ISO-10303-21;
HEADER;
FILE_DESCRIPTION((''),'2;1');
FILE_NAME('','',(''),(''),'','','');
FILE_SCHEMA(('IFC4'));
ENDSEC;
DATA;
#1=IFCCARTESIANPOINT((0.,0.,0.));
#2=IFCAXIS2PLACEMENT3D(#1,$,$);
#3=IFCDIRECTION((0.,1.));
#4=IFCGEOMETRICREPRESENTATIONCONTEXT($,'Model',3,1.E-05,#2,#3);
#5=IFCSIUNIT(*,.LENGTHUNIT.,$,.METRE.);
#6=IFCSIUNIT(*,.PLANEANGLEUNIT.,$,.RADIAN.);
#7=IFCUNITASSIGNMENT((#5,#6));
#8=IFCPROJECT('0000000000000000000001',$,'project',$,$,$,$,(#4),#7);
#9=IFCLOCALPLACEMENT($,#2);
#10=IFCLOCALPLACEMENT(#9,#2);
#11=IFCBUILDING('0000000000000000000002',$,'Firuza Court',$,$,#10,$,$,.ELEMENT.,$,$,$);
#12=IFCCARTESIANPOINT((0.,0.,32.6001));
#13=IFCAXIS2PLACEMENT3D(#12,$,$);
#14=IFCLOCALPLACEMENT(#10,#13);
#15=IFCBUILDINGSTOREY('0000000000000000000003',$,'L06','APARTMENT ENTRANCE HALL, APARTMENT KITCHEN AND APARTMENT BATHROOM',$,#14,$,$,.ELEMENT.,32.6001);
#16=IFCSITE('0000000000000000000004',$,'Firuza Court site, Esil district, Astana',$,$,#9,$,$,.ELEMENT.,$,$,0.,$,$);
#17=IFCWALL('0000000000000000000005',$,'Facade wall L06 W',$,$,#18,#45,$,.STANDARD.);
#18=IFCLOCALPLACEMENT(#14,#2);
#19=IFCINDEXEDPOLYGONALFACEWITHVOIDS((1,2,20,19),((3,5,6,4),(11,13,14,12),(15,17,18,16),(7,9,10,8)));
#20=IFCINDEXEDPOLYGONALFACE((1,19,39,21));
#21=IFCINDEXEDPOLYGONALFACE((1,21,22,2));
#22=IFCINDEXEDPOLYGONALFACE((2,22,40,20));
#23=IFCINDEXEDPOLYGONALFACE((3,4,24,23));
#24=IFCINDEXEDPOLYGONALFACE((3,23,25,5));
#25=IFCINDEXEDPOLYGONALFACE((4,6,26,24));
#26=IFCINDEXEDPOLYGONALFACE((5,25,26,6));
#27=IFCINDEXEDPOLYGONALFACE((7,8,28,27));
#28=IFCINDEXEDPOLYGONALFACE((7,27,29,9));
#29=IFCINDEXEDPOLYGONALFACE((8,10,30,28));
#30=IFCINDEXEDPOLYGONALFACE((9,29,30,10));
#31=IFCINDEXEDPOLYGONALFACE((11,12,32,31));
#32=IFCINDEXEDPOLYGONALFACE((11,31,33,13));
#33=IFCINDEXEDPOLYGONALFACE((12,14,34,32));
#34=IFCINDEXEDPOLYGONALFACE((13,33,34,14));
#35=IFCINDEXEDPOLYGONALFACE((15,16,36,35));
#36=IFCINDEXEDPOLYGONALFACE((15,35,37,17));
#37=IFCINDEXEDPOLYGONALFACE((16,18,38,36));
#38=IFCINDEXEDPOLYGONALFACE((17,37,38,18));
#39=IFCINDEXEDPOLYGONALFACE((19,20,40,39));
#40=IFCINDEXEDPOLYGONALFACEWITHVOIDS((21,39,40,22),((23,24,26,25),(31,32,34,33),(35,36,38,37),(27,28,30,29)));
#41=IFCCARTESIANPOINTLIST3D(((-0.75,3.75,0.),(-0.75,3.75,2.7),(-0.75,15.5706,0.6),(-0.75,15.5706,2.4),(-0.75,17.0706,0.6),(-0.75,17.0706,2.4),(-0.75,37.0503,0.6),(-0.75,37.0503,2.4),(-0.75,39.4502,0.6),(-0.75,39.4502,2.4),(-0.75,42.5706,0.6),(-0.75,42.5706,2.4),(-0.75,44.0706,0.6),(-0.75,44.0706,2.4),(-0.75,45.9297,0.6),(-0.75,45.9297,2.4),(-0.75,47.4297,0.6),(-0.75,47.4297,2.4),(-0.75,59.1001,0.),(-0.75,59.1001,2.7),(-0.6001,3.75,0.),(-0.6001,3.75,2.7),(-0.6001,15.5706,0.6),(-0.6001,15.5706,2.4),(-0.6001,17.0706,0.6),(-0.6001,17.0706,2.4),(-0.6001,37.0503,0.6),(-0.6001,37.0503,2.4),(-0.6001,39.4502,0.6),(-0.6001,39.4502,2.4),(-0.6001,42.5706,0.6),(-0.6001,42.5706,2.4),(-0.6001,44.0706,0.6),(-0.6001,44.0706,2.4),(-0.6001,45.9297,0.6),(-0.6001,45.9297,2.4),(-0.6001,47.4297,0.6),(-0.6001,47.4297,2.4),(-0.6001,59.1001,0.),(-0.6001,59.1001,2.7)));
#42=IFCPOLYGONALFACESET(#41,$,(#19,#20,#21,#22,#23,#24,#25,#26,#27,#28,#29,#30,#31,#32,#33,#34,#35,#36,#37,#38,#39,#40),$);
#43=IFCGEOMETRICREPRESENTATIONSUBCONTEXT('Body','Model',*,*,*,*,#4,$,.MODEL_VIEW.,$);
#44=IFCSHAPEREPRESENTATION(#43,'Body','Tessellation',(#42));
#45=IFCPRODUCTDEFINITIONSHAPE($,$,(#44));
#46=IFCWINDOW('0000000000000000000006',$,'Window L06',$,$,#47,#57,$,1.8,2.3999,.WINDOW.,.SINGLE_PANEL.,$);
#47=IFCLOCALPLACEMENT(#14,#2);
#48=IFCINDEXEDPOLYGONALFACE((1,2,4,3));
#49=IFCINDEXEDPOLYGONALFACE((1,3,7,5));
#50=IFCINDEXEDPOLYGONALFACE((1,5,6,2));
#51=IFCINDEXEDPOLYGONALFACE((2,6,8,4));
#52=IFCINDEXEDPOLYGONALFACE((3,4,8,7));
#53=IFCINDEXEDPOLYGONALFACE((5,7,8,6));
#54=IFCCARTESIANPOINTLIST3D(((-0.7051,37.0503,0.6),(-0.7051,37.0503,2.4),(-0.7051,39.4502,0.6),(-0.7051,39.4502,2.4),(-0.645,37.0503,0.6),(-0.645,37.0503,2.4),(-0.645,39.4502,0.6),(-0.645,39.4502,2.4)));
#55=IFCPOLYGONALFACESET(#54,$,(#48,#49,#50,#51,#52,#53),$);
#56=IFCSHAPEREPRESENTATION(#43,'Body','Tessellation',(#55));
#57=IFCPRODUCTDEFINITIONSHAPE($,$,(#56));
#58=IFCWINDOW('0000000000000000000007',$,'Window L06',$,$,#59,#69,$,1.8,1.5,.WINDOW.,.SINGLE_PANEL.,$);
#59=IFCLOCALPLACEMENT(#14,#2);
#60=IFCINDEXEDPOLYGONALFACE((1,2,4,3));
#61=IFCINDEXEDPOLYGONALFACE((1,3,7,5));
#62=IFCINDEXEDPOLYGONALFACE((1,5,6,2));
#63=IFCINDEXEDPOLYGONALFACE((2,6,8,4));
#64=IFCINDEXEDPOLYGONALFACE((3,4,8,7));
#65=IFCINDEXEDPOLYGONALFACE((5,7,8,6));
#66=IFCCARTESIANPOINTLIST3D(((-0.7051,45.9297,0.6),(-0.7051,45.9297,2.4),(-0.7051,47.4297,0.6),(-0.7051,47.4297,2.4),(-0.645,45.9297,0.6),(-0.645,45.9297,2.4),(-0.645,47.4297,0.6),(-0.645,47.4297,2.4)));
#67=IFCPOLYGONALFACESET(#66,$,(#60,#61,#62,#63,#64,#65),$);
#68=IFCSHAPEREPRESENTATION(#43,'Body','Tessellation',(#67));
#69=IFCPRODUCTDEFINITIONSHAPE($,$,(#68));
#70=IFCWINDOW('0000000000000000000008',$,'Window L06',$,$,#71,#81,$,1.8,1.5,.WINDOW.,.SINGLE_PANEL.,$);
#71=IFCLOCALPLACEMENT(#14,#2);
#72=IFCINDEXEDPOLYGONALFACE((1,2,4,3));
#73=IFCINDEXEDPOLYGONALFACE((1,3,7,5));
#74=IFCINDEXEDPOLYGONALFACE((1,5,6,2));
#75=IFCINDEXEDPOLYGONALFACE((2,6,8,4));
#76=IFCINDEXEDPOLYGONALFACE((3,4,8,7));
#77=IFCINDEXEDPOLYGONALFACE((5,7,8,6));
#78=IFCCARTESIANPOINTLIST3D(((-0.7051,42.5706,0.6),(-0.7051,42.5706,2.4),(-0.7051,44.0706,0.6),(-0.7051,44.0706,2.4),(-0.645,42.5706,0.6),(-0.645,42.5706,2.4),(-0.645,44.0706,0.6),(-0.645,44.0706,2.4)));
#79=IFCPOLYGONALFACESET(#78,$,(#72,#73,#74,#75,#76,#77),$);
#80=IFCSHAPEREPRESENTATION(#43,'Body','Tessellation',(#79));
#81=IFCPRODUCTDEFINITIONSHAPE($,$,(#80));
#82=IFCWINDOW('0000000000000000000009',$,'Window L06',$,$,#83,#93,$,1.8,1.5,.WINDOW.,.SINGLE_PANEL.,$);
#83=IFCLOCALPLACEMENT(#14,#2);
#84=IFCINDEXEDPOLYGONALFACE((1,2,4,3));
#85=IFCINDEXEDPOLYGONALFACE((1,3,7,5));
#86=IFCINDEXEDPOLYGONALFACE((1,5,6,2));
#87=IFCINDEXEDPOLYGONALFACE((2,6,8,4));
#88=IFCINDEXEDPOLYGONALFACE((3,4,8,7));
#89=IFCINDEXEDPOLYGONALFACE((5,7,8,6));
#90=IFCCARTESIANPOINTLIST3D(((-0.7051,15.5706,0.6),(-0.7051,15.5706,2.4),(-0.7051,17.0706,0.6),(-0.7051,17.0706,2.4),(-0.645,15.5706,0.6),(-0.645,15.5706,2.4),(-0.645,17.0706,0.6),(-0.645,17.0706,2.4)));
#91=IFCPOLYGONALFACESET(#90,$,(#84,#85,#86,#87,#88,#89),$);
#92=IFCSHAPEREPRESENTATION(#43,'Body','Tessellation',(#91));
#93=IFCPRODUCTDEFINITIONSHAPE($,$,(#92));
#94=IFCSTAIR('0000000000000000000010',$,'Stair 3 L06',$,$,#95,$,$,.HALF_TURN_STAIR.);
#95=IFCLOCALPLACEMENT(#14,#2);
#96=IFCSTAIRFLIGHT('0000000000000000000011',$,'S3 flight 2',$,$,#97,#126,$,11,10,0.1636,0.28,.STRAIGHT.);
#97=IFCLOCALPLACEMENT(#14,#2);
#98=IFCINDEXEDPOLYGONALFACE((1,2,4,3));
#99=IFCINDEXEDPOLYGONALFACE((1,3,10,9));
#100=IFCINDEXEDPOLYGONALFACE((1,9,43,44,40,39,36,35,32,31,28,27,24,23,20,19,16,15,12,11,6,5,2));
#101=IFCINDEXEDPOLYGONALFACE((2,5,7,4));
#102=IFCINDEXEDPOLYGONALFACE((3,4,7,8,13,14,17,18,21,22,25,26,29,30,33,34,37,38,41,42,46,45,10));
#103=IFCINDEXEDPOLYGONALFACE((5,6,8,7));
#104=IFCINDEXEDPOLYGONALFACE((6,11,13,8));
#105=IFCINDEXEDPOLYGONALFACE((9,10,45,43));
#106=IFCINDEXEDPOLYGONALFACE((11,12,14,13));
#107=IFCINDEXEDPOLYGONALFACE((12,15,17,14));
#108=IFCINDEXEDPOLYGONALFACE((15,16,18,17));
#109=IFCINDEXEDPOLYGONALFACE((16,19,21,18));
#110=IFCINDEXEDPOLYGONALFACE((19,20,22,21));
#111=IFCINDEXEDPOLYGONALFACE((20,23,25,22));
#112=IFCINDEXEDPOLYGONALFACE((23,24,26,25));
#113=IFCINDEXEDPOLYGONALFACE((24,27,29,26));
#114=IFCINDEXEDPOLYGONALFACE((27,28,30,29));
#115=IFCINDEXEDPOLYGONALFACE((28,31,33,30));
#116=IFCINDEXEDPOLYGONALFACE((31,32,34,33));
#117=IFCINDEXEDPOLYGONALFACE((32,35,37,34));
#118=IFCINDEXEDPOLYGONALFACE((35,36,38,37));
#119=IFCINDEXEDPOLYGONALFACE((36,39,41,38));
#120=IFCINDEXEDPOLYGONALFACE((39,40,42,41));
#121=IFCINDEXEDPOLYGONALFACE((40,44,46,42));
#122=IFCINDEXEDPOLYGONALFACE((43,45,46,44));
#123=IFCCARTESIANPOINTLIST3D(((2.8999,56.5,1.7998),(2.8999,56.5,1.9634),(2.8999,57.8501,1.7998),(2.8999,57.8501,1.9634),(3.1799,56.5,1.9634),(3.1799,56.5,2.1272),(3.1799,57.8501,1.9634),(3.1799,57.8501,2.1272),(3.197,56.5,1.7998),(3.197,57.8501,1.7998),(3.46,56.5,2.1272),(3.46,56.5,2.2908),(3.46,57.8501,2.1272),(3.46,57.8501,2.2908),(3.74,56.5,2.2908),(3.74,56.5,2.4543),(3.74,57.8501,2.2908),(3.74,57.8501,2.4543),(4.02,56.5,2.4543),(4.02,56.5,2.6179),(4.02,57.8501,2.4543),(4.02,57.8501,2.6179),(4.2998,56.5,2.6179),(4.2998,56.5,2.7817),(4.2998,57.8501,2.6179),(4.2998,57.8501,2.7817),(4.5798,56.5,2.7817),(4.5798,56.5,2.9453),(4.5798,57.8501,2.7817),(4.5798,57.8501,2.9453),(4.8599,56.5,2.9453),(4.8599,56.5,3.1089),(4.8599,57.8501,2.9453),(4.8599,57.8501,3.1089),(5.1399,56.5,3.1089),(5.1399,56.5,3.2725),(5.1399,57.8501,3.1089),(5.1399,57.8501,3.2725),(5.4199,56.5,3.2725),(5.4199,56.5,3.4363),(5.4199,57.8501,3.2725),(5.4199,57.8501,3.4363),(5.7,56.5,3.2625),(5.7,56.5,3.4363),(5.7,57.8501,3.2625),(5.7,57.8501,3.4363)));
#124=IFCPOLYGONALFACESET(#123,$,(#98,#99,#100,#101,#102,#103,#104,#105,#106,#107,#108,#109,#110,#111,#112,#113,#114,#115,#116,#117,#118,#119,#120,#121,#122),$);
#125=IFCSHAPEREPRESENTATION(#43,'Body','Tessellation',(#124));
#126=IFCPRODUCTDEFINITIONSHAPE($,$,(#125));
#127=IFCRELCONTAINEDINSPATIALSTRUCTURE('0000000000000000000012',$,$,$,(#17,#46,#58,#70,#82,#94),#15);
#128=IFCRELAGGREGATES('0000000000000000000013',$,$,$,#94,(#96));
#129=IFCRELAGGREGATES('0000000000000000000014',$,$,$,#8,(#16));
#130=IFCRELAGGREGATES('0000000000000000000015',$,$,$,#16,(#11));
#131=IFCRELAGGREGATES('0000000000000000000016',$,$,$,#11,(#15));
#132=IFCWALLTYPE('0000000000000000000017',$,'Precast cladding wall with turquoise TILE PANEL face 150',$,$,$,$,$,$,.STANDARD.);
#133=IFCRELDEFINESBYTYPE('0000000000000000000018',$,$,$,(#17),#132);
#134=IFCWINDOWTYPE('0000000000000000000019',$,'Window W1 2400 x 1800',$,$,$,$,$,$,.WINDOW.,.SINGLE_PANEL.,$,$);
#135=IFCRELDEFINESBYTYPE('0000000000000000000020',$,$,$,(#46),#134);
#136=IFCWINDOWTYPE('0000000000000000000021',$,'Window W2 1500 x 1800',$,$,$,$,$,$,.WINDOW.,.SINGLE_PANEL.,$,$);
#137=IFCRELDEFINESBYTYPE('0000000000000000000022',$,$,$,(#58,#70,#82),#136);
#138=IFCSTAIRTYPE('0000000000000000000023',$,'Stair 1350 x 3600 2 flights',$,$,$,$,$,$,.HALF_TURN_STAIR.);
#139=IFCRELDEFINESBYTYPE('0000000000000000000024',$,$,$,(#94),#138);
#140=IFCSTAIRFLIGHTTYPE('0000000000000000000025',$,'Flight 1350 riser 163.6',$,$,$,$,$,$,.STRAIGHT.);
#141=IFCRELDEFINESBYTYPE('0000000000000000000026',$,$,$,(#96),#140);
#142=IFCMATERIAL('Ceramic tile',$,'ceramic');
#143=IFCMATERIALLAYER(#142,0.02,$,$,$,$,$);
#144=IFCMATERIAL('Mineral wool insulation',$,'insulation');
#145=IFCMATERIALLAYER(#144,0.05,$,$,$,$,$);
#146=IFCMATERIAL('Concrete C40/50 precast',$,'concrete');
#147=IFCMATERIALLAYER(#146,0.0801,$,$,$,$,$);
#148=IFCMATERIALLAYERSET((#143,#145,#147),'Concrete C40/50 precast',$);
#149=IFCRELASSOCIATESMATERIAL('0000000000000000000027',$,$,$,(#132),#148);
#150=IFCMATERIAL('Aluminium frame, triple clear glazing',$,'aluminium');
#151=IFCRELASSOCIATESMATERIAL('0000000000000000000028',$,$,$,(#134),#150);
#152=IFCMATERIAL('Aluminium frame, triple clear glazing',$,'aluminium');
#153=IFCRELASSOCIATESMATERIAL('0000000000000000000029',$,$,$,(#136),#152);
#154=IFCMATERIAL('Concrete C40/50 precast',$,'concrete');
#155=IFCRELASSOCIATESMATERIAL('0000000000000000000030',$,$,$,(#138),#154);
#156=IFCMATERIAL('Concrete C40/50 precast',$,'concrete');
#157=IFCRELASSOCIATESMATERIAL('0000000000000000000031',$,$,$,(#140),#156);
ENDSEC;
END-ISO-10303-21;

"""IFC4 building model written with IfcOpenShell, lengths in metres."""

from ifc_helpers import new_model, si_unit, direction, frame, frame_2d, origin, place, context, subcontext, project, spatial, polyline, rectangle, outline, extrude, material, layer, layer_set, type_object, element, fill, aggregate, save


model = new_model("IFC4")

# Units and contexts
model_context = context("Model", 3, precision=1e-05, world=origin(), true_north=direction((0.0, 1.0)))
body_context = subcontext(model_context, "Body", "Model", "MODEL_VIEW")
ifc_project = project(units=[si_unit("LENGTHUNIT", "METRE"), si_unit("PLANEANGLEUNIT", "RADIAN")], contexts=[model_context])

# Site, building, storey
site_placement = place(None, origin())
site = spatial("IfcSite", under=ifc_project, at=site_placement, Name="Firuza Court site, Esil district, Astana", CompositionType="ELEMENT", RefElevation=0.0)
building_placement = place(site_placement, origin())
building = spatial("IfcBuilding", under=site, at=building_placement, Name="Firuza Court", CompositionType="ELEMENT")
storey_placement = place(building_placement, frame((0.0, 0.0, 32.6001)))
storey = spatial("IfcBuildingStorey", under=building, at=storey_placement, Name="L06", Description="APARTMENT ENTRANCE HALL, APARTMENT KITCHEN AND APARTMENT BATHROOM", CompositionType="ELEMENT", Elevation=32.6001)

# Wall, openings, windows
ifc_material_1 = material(Name="Ceramic tile", Category="ceramic")
ifc_layer_1 = layer(ifc_material_1, 0.02)
ifc_material_2 = material(Name="Mineral wool insulation", Category="insulation")
ifc_layer_2 = layer(ifc_material_2, 0.05)
ifc_material_3 = material(Name="Concrete C40/50 precast", Category="concrete")
ifc_layer_3 = layer(ifc_material_3, 0.0801)
ifc_layer_set_1 = layer_set([ifc_layer_1, ifc_layer_2, ifc_layer_3], Name="Concrete C40/50 precast")
wall_type_1 = type_object("IfcWallType", Name="Precast cladding wall with turquoise TILE PANEL face 150", PredefinedType="STANDARD", material=ifc_layer_set_1)
wall_1_placement = place(storey_placement, frame((-0.675, 59.1001, 0.0), z_axis=(0.0, 0.0, 1.0), x_axis=(0.0, -1.0, 0.0)))
wall_1 = element("IfcWall", 1, at=wall_1_placement, inside=storey, type_object=wall_type_1, Name="Facade wall L06 W", PredefinedType="STANDARD", context=body_context, shape_type="SweptSolid", body=[
    extrude(rectangle(XDim=55.3501, YDim=0.1499, at=frame_2d((27.675, 0.0))), origin(), (0.0, 0.0, 1.0), 2.7),
])
opening_1_placement = place(wall_1_placement, frame((11.6704, 0.0, 0.6001)))
opening_1 = element("IfcOpeningElement", 2, at=opening_1_placement, cuts=wall_1, PredefinedType="OPENING", context=body_context, shape_type="SweptSolid", body=[
    extrude(rectangle(XDim=1.5, YDim=1.8, at=frame_2d((0.75, 0.8999))), frame((0.0, 0.0869, 0.0), z_axis=(0.0, -1.0, 0.0), x_axis=(1.0, 0.0, 0.0)), (0.0, 0.0, 1.0), 0.1738),
])
opening_2_placement = place(wall_1_placement, frame((15.0295, 0.0, 0.6001)))
opening_2 = element("IfcOpeningElement", 3, at=opening_2_placement, cuts=wall_1, PredefinedType="OPENING", context=body_context, shape_type="SweptSolid", body=[
    extrude(rectangle(XDim=1.5, YDim=1.8, at=frame_2d((0.75, 0.8999))), frame((0.0, 0.0869, 0.0), z_axis=(0.0, -1.0, 0.0), x_axis=(1.0, 0.0, 0.0)), (0.0, 0.0, 1.0), 0.1738),
])
opening_3_placement = place(wall_1_placement, frame((19.6499, 0.0, 0.6001)))
opening_3 = element("IfcOpeningElement", 4, at=opening_3_placement, cuts=wall_1, PredefinedType="OPENING", context=body_context, shape_type="SweptSolid", body=[
    extrude(rectangle(XDim=2.3999, YDim=1.8, at=frame_2d((1.2, 0.8999))), frame((0.0, 0.0869, 0.0), z_axis=(0.0, -1.0, 0.0), x_axis=(1.0, 0.0, 0.0)), (0.0, 0.0, 1.0), 0.1738),
])
opening_4_placement = place(wall_1_placement, frame((42.0295, 0.0, 0.6001)))
opening_4 = element("IfcOpeningElement", 5, at=opening_4_placement, cuts=wall_1, PredefinedType="OPENING", context=body_context, shape_type="SweptSolid", body=[
    extrude(rectangle(XDim=1.5, YDim=1.8, at=frame_2d((0.75, 0.8999))), frame((0.0, 0.0869, 0.0), z_axis=(0.0, -1.0, 0.0), x_axis=(1.0, 0.0, 0.0)), (0.0, 0.0, 1.0), 0.1738),
])
ifc_material_4 = material(Name="Aluminium frame, triple clear glazing", Category="aluminium")
window_type_1 = type_object("IfcWindowType", Name="Window W1 2400 x 1800", PartitioningType="SINGLE_PANEL", PredefinedType="WINDOW", material=ifc_material_4)
window_1_placement = place(opening_3_placement, origin())
window_1 = element("IfcWindow", 6, at=window_1_placement, inside=storey, type_object=window_type_1, Name="Window L06", OverallHeight=1.8, OverallWidth=2.3999, PartitioningType="SINGLE_PANEL", PredefinedType="WINDOW", context=body_context, shape_type="SweptSolid", body=[
    extrude(rectangle(XDim=2.3999, YDim=1.8, at=frame_2d((1.2, 0.8999))), frame((0.0, 0.03, 0.0), z_axis=(0.0, -1.0, 0.0), x_axis=(1.0, 0.0, 0.0)), (0.0, 0.0, 1.0), 0.0601),
])
fill(opening_3, window_1)
ifc_material_5 = material(Name="Aluminium frame, triple clear glazing", Category="aluminium")
window_type_2 = type_object("IfcWindowType", Name="Window W2 1500 x 1800", PartitioningType="SINGLE_PANEL", PredefinedType="WINDOW", material=ifc_material_5)
window_2_placement = place(opening_1_placement, origin())
window_2 = element("IfcWindow", 7, at=window_2_placement, inside=storey, type_object=window_type_2, Name="Window L06", OverallHeight=1.8, OverallWidth=1.5, PartitioningType="SINGLE_PANEL", PredefinedType="WINDOW", context=body_context, shape_type="SweptSolid", body=[
    extrude(rectangle(XDim=1.5, YDim=1.8, at=frame_2d((0.75, 0.8999))), frame((0.0, 0.03, 0.0), z_axis=(0.0, -1.0, 0.0), x_axis=(1.0, 0.0, 0.0)), (0.0, 0.0, 1.0), 0.0601),
])
fill(opening_1, window_2)
window_3_placement = place(opening_2_placement, origin())
window_3 = element("IfcWindow", 8, at=window_3_placement, inside=storey, type_object=window_type_2, Name="Window L06", OverallHeight=1.8, OverallWidth=1.5, PartitioningType="SINGLE_PANEL", PredefinedType="WINDOW", context=body_context, shape_type="SweptSolid", body=[
    extrude(rectangle(XDim=1.5, YDim=1.8, at=frame_2d((0.75, 0.8999))), frame((0.0, 0.03, 0.0), z_axis=(0.0, -1.0, 0.0), x_axis=(1.0, 0.0, 0.0)), (0.0, 0.0, 1.0), 0.0601),
])
fill(opening_2, window_3)
window_4_placement = place(opening_4_placement, origin())
window_4 = element("IfcWindow", 9, at=window_4_placement, inside=storey, type_object=window_type_2, Name="Window L06", OverallHeight=1.8, OverallWidth=1.5, PartitioningType="SINGLE_PANEL", PredefinedType="WINDOW", context=body_context, shape_type="SweptSolid", body=[
    extrude(rectangle(XDim=1.5, YDim=1.8, at=frame_2d((0.75, 0.8999))), frame((0.0, 0.03, 0.0), z_axis=(0.0, -1.0, 0.0), x_axis=(1.0, 0.0, 0.0)), (0.0, 0.0, 1.0), 0.0601),
])
fill(opening_4, window_4)

# Stair, stair flight
ifc_material_6 = material(Name="Concrete C40/50 precast", Category="concrete")
stair_type = type_object("IfcStairType", Name="Stair 1350 x 3600 2 flights", PredefinedType="HALF_TURN_STAIR", material=ifc_material_6)
stair_placement = place(storey_placement, origin())
stair = element("IfcStair", 10, at=stair_placement, inside=storey, type_object=stair_type, Name="Stair 3 L06", PredefinedType="HALF_TURN_STAIR")
ifc_material_7 = material(Name="Concrete C40/50 precast", Category="concrete")
stair_flight_type = type_object("IfcStairFlightType", Name="Flight 1350 riser 163.6", PredefinedType="STRAIGHT", material=ifc_material_7)
stair_flight_placement = place(storey_placement, frame((2.8999, 57.175, 1.7998), z_axis=(0.0, 0.0, 1.0), x_axis=(1.0, 0.0, 0.0)))
stair_flight = element("IfcStairFlight", 11, at=stair_flight_placement, type_object=stair_flight_type, Name="S3 flight 2", NumberOfRisers=11, NumberOfTreads=10, PredefinedType="STRAIGHT", RiserHeight=0.1636, TreadLength=0.28, context=body_context, shape_type="SweptSolid", body=[
    extrude(outline(polyline([(0.0, 0.0), (0.0, 0.1636), (0.28, 0.1636), (0.28, 0.3274), (0.5601, 0.3274), (0.5601, 0.491), (0.8401, 0.491), (0.8401, 0.6545), (1.1201, 0.6545), (1.1201, 0.8181), (1.3999, 0.8181), (1.3999, 0.9819), (1.6799, 0.9819), (1.6799, 1.1455), (1.96, 1.1455), (1.96, 1.3091), (2.24, 1.3091), (2.24, 1.4727), (2.52, 1.4727), (2.52, 1.6365), (2.8, 1.6365), (2.8, 1.8), (2.8, 1.4626), (0.2971, 0.0), (0.0, 0.0)])), frame((0.0, 0.675, 0.0), z_axis=(0.0, -1.0, 0.0), x_axis=(1.0, 0.0, 0.0)), (0.0, 0.0, 1.0), 1.3501),
])
aggregate(stair, [stair_flight])

save(model, "model.ifc")
